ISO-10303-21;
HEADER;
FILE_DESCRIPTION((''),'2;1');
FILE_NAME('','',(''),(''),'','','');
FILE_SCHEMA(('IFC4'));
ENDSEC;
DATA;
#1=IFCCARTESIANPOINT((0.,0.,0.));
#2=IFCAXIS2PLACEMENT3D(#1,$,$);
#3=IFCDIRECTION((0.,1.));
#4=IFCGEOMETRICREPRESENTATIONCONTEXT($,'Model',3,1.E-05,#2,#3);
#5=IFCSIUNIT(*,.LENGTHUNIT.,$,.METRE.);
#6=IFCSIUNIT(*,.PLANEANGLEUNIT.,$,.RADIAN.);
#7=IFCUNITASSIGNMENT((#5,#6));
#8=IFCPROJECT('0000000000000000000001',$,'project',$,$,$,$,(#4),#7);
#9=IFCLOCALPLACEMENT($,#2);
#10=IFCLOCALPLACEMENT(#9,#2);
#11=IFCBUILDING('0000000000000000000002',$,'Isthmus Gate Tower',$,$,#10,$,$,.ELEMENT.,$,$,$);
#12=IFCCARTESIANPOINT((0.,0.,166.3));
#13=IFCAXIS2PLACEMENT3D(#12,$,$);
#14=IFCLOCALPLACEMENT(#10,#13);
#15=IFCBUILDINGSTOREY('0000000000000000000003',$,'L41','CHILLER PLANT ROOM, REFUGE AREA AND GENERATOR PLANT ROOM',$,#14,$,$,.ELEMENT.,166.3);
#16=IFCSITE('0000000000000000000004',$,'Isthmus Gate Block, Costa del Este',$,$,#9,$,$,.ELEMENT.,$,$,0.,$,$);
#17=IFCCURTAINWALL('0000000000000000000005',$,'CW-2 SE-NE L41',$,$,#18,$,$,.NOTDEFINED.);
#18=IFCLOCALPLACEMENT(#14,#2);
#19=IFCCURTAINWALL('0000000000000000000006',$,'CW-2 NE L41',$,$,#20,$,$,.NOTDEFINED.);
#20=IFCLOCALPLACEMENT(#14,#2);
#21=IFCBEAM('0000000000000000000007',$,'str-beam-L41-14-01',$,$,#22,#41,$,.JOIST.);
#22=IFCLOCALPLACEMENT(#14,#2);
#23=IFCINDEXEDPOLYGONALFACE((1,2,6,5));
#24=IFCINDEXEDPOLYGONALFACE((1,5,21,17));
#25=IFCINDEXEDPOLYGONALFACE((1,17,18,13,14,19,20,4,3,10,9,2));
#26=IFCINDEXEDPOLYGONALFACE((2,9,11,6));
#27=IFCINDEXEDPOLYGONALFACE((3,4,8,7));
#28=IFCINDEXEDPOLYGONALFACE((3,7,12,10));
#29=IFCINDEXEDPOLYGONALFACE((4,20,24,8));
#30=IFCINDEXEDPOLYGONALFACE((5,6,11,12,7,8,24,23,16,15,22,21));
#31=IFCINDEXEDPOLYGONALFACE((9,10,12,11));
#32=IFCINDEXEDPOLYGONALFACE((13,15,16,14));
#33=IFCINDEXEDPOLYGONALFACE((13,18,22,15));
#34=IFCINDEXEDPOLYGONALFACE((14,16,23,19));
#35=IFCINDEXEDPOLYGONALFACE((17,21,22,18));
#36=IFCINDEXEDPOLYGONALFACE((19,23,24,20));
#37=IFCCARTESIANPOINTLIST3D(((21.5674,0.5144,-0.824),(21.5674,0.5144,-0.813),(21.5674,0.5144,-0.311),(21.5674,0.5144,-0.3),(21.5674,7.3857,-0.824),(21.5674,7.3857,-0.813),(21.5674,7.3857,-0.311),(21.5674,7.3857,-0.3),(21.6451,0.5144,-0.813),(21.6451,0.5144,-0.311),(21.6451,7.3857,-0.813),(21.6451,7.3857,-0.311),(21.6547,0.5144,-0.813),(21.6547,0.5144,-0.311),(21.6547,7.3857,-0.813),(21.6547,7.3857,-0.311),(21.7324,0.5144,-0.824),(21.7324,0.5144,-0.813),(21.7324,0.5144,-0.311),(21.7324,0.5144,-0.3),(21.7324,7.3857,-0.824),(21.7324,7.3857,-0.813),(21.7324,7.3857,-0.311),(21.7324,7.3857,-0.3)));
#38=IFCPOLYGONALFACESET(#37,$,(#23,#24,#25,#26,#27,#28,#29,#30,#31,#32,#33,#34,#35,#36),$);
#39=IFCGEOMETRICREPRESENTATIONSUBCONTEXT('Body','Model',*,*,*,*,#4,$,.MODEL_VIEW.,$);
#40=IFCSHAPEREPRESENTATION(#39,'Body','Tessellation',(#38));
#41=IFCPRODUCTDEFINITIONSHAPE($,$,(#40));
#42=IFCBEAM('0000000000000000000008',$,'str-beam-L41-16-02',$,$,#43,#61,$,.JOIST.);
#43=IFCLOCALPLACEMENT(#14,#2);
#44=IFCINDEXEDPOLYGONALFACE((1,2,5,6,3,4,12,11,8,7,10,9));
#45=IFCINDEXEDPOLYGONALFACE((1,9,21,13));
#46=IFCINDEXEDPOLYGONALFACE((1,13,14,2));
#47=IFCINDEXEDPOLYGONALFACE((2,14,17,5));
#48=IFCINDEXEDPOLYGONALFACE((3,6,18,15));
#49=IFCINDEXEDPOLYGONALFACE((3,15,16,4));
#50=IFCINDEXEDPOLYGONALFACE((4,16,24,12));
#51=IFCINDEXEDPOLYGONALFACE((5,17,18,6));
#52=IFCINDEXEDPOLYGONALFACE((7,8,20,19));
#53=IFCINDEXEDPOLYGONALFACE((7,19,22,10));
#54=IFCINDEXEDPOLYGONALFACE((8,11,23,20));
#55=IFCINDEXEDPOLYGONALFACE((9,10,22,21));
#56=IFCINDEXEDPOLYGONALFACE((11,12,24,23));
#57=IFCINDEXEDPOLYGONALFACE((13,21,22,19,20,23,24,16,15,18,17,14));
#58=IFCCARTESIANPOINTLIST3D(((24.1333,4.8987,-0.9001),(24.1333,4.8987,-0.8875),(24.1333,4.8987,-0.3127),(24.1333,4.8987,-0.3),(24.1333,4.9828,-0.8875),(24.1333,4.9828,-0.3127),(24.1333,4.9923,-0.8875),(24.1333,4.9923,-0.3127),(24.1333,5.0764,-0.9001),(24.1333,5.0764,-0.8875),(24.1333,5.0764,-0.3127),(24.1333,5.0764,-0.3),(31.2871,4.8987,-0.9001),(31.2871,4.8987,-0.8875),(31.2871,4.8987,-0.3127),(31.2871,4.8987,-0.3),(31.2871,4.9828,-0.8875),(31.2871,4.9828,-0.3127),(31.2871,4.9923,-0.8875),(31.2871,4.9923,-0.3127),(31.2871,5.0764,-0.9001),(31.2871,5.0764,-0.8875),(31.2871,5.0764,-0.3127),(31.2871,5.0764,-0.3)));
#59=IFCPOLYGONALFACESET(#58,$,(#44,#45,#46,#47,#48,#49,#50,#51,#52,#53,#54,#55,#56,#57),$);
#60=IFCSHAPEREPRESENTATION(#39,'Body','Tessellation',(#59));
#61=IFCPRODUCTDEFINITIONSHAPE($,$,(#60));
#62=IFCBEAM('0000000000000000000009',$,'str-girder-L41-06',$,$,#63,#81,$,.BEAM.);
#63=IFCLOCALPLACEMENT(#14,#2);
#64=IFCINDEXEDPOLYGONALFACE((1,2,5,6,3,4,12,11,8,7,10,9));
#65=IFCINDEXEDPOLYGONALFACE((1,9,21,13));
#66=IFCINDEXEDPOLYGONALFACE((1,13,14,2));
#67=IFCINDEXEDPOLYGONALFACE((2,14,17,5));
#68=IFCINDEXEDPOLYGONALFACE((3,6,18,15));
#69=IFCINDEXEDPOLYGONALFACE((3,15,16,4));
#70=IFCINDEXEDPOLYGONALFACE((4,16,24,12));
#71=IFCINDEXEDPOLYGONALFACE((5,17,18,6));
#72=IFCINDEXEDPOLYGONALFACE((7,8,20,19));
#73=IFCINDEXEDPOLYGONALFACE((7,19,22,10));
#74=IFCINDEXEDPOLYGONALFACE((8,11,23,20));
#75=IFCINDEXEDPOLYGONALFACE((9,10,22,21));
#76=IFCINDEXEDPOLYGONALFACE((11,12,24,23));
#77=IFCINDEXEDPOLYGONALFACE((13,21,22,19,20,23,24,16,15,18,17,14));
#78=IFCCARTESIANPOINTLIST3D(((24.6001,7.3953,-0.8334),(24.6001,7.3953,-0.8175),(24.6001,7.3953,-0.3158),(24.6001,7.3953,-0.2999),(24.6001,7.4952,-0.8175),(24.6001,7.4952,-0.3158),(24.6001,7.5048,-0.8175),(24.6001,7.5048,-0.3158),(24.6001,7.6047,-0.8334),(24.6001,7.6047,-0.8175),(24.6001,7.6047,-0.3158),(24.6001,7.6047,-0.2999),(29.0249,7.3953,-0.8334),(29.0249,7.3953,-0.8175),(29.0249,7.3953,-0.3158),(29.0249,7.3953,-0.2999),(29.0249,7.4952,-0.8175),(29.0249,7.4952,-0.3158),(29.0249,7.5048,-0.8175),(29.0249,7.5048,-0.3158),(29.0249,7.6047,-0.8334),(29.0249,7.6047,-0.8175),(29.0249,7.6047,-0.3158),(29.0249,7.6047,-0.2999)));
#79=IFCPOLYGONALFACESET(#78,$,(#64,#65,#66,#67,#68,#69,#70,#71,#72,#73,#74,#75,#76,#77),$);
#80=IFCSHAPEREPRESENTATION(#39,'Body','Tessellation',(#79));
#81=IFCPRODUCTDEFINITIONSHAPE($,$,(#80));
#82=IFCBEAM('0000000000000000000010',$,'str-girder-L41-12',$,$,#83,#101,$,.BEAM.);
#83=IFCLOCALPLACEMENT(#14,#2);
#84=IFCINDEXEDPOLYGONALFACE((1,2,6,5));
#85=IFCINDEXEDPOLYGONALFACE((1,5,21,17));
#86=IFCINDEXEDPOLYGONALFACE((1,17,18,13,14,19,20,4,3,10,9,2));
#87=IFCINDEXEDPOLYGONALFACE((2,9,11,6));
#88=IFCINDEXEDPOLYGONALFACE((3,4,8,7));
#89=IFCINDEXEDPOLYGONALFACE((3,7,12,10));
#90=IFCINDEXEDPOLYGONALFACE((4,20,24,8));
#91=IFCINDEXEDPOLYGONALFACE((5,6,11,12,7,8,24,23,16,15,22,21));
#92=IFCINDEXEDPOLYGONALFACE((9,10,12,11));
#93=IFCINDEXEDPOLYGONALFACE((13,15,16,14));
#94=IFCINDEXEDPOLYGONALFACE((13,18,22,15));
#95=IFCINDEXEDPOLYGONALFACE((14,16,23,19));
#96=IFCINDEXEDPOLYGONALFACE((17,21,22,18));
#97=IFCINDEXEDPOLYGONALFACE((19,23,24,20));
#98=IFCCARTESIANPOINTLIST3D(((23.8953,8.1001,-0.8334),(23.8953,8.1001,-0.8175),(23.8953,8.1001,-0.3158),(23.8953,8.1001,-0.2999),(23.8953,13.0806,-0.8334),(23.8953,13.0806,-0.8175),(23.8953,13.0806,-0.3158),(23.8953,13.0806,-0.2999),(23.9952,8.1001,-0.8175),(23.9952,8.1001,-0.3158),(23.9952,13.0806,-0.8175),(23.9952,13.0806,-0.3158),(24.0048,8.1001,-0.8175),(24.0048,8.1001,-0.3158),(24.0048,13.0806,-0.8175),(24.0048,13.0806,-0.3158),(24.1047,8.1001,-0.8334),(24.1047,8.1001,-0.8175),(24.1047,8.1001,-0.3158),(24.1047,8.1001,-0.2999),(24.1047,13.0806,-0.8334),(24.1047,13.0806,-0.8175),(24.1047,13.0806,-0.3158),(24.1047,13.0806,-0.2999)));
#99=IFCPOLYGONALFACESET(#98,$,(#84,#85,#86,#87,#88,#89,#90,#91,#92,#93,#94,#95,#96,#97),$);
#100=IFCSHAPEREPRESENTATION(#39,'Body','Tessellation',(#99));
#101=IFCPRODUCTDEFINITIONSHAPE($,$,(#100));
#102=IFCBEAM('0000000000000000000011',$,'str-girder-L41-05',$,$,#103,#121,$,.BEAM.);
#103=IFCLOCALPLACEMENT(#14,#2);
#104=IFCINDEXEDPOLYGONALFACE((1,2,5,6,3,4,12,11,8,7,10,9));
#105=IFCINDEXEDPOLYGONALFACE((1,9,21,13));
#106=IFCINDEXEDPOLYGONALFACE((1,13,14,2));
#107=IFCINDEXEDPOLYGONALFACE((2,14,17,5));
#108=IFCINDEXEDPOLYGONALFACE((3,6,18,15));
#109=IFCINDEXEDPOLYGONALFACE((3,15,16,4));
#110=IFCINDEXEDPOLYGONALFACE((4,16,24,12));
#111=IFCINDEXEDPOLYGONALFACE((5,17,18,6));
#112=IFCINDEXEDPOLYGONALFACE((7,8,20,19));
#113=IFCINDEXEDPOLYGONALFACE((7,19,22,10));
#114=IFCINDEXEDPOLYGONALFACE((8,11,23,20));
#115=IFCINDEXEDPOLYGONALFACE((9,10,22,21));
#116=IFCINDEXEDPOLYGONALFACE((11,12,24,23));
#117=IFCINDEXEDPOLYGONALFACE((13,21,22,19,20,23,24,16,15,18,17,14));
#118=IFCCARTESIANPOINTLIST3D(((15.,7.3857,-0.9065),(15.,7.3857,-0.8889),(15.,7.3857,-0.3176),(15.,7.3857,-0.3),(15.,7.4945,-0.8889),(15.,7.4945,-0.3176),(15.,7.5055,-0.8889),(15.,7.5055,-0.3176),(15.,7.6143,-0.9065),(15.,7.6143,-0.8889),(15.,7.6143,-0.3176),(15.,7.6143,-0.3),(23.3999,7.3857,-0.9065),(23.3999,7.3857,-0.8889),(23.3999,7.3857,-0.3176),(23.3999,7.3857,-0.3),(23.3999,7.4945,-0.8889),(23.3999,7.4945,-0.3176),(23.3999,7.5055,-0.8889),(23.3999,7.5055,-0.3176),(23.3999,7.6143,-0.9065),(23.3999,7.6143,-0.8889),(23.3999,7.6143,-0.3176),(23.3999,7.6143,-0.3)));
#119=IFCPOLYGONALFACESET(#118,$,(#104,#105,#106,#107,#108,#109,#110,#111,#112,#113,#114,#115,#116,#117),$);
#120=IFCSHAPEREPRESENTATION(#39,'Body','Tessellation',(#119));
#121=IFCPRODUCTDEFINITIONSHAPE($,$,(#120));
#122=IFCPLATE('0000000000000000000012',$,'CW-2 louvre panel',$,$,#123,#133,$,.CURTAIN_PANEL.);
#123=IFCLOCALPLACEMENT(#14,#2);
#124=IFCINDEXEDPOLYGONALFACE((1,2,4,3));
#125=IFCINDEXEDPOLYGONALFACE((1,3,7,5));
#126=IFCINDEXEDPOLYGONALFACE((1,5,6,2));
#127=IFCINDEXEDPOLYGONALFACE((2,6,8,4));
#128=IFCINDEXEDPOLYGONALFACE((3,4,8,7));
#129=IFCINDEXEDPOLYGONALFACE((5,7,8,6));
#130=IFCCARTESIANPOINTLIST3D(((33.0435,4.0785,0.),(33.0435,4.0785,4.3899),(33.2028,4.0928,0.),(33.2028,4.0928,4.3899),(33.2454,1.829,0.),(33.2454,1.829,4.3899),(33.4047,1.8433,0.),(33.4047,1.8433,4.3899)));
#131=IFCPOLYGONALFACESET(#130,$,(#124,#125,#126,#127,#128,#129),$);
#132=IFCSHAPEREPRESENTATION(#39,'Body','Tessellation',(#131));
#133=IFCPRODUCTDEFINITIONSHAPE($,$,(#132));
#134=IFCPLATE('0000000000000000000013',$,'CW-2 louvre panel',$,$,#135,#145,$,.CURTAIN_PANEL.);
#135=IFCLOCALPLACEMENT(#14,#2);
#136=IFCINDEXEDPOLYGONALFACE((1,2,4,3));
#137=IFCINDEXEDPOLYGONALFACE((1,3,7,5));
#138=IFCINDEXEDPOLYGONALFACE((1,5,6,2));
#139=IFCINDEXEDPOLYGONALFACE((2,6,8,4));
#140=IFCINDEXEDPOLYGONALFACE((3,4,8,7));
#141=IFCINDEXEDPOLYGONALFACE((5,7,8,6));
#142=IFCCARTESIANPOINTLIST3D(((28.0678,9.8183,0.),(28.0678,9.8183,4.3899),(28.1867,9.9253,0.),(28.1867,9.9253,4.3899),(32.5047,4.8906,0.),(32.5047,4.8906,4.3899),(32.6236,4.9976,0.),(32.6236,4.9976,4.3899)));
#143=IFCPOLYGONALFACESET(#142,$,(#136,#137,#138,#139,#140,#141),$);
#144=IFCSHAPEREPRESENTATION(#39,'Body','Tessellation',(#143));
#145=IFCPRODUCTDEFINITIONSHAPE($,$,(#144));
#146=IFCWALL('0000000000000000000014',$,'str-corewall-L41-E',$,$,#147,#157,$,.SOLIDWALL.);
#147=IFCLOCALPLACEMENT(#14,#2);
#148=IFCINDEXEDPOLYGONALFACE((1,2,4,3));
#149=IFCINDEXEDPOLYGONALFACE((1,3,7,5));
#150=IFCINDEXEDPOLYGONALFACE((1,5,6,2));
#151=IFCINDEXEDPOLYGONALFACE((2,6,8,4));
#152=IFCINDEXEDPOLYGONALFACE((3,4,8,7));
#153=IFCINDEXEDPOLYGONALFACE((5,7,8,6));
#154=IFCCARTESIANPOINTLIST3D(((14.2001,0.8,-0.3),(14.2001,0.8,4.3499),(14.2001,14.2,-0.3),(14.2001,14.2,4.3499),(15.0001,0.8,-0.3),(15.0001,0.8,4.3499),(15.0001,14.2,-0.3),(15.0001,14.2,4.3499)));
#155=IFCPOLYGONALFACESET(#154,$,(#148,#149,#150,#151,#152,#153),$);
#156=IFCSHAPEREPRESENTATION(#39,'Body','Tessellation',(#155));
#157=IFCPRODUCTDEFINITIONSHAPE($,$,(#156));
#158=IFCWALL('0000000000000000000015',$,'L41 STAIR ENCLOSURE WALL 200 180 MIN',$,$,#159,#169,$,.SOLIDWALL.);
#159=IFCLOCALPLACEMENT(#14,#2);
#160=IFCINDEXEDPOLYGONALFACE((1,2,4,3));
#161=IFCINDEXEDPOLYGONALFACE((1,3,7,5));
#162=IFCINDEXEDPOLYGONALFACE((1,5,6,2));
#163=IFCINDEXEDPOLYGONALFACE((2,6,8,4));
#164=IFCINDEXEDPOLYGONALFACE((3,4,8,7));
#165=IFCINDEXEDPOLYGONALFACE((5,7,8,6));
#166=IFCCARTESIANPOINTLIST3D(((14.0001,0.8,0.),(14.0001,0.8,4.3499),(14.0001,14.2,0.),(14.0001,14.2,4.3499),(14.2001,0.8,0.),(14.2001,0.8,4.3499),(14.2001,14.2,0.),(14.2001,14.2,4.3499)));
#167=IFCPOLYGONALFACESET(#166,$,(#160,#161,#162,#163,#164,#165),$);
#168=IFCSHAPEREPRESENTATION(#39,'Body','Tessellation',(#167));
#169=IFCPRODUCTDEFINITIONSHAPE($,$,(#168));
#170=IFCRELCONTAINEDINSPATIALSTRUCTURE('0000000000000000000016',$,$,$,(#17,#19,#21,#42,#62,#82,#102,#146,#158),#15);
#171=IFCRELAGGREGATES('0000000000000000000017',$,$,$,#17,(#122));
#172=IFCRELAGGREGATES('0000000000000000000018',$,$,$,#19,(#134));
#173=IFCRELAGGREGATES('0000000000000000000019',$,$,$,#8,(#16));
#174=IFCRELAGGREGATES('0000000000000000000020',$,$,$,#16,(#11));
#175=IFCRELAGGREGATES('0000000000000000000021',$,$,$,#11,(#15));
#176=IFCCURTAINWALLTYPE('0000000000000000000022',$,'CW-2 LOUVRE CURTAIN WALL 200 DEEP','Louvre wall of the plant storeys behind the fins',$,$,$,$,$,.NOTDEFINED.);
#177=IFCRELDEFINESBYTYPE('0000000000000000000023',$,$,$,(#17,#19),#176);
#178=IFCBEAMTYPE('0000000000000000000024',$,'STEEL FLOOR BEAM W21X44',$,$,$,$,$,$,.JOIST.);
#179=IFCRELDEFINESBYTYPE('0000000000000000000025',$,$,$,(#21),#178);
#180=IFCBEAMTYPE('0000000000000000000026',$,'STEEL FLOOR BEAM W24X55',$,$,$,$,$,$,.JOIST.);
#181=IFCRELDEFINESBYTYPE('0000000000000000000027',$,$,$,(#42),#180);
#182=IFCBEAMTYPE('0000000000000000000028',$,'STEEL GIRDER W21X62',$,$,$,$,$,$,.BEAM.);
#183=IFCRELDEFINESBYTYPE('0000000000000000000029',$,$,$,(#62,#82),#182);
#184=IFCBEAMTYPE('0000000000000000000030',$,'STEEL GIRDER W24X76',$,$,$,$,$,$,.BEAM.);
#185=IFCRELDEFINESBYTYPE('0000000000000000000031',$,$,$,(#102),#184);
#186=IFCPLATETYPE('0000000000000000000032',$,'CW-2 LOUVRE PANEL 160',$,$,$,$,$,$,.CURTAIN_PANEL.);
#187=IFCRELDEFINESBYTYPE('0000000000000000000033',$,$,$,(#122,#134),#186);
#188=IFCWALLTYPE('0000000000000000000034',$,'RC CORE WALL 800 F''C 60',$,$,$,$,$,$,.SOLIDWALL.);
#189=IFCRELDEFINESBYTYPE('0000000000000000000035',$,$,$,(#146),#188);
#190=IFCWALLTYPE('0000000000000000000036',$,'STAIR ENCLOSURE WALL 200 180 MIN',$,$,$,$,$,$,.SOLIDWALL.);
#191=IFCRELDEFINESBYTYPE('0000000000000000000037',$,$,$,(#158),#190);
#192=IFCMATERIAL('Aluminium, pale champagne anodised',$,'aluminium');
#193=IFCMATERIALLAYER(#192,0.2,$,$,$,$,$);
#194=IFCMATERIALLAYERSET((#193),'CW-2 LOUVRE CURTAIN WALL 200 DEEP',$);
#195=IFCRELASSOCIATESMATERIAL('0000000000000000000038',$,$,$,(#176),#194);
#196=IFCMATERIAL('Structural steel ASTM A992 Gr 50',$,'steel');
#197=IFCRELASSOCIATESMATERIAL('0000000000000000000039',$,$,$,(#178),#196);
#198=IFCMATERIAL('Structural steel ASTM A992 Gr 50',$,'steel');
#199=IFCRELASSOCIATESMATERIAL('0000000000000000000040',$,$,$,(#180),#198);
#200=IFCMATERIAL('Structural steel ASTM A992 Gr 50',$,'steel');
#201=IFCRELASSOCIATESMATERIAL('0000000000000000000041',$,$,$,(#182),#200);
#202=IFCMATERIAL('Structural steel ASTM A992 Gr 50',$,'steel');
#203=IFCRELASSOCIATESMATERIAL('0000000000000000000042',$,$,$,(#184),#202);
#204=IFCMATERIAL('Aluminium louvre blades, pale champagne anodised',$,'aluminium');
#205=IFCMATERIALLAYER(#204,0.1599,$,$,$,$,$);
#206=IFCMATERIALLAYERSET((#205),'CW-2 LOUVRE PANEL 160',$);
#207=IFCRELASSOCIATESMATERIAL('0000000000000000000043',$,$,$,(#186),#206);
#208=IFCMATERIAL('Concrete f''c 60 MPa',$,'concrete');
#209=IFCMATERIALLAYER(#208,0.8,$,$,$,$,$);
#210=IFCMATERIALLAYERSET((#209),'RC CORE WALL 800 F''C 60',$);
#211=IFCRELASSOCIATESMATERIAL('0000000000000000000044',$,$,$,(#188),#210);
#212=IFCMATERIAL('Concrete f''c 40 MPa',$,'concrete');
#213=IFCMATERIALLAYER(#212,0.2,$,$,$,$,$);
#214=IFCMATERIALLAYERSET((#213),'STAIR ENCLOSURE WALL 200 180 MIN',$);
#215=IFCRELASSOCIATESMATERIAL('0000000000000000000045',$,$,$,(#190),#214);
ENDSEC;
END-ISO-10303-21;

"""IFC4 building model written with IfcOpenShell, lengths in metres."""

from ifc_helpers import new_model, si_unit, direction, frame, frame_2d, origin, origin_2d, place, context, subcontext, project, spatial, rectangle, i_section, extrude, material, layer, layer_set, material_profile, profile_set, type_object, element, aggregate, save


model = new_model("IFC4")

# Units and contexts
model_context = context("Model", 3, precision=1e-05, world=origin(), true_north=direction((0.0, 1.0)))
body_context = subcontext(model_context, "Body", "Model", "MODEL_VIEW")
ifc_project = project(units=[si_unit("LENGTHUNIT", "METRE"), si_unit("PLANEANGLEUNIT", "RADIAN")], contexts=[model_context])

# Site, building, storey
site_placement = place(None, origin())
site = spatial("IfcSite", under=ifc_project, at=site_placement, Name="Isthmus Gate Block, Costa del Este", CompositionType="ELEMENT", RefElevation=0.0)
building_placement = place(site_placement, origin())
building = spatial("IfcBuilding", under=site, at=building_placement, Name="Isthmus Gate Tower", CompositionType="ELEMENT")
storey_placement = place(building_placement, frame((0.0, 0.0, 166.3)))
storey = spatial("IfcBuildingStorey", under=building, at=storey_placement, Name="L41", Description="CHILLER PLANT ROOM, REFUGE AREA AND GENERATOR PLANT ROOM", CompositionType="ELEMENT", Elevation=166.3)

# Curtain walls
ifc_material_1 = material(Name="Aluminium, pale champagne anodised", Category="aluminium")
ifc_layer_1 = layer(ifc_material_1, 0.2)
ifc_layer_set_1 = layer_set([ifc_layer_1], Name="CW-2 LOUVRE CURTAIN WALL 200 DEEP")
curtain_wall_type = type_object("IfcCurtainWallType", Name="CW-2 LOUVRE CURTAIN WALL 200 DEEP", Description="Louvre wall of the plant storeys behind the fins", PredefinedType="NOTDEFINED", material=ifc_layer_set_1)
curtain_wall_1_placement = place(storey_placement, origin())
curtain_wall_1 = element("IfcCurtainWall", 1, at=curtain_wall_1_placement, inside=storey, type_object=curtain_wall_type, Name="CW-2 SE-NE L41", PredefinedType="NOTDEFINED")
curtain_wall_2_placement = place(storey_placement, origin())
curtain_wall_2 = element("IfcCurtainWall", 2, at=curtain_wall_2_placement, inside=storey, type_object=curtain_wall_type, Name="CW-2 NE L41", PredefinedType="NOTDEFINED")

# Beams
ifc_material_2 = material(Name="Structural steel ASTM A992 Gr 50", Category="steel")
ifc_material_profile_1 = material_profile(ifc_material_2, i_section(OverallWidth=0.165, OverallDepth=0.5239, WebThickness=0.0095, FlangeThickness=0.011, at=origin_2d()), Name="W21X44")
ifc_profile_set_1 = profile_set([ifc_material_profile_1], Name="Structural steel ASTM A992 Gr 50")
beam_type_1 = type_object("IfcBeamType", Name="STEEL FLOOR BEAM W21X44", PredefinedType="JOIST", material=ifc_profile_set_1)
for number, where, z_axis, x_axis, name in (
    (3, (21.6499, 0.5144, -0.562), (0.0, 1.0, 0.0), (-1.0, 0.0, 0.0), "str-beam-L41-14-01"),
):
    element("IfcBeam", number, at=place(storey_placement, frame(where, z_axis=z_axis, x_axis=x_axis)), inside=storey, type_object=beam_type_1, Name=name, PredefinedType="JOIST", context=body_context, shape_type="SweptSolid", body=[
        extrude(i_section(OverallWidth=0.165, OverallDepth=0.5239, WebThickness=0.0095, FlangeThickness=0.011, at=origin_2d()), origin(), (0.0, 0.0, 1.0), 6.8713),
    ])
ifc_material_3 = material(Name="Structural steel ASTM A992 Gr 50", Category="steel")
ifc_material_profile_2 = material_profile(ifc_material_3, i_section(OverallWidth=0.1777, OverallDepth=0.6001, WebThickness=0.0095, FlangeThickness=0.0127, at=origin_2d()), Name="W24X55")
ifc_profile_set_2 = profile_set([ifc_material_profile_2], Name="Structural steel ASTM A992 Gr 50")
beam_type_2 = type_object("IfcBeamType", Name="STEEL FLOOR BEAM W24X55", PredefinedType="JOIST", material=ifc_profile_set_2)
beam_1_placement = place(storey_placement, frame((24.1333, 4.9875, -0.6001), z_axis=(1.0, 0.0, 0.0), x_axis=(0.0, 1.0, 0.0)))
element("IfcBeam", 4, at=beam_1_placement, inside=storey, type_object=beam_type_2, Name="str-beam-L41-16-02", PredefinedType="JOIST", context=body_context, shape_type="SweptSolid", body=[
    extrude(i_section(OverallWidth=0.1777, OverallDepth=0.6001, WebThickness=0.0095, FlangeThickness=0.0127, at=origin_2d()), origin(), (0.0, 0.0, 1.0), 7.1538),
])
ifc_material_4 = material(Name="Structural steel ASTM A992 Gr 50", Category="steel")
ifc_material_profile_3 = material_profile(ifc_material_4, i_section(OverallWidth=0.2095, OverallDepth=0.5334, WebThickness=0.0095, FlangeThickness=0.0159, at=origin_2d()), Name="W21X62")
ifc_profile_set_3 = profile_set([ifc_material_profile_3], Name="Structural steel ASTM A992 Gr 50")
beam_type_3 = type_object("IfcBeamType", Name="STEEL GIRDER W21X62", PredefinedType="BEAM", material=ifc_profile_set_3)
beam_2_placement = place(storey_placement, frame((24.6001, 7.5, -0.5667), z_axis=(1.0, 0.0, 0.0), x_axis=(0.0, 1.0, 0.0)))
element("IfcBeam", 5, at=beam_2_placement, inside=storey, type_object=beam_type_3, Name="str-girder-L41-06", PredefinedType="BEAM", context=body_context, shape_type="SweptSolid", body=[
    extrude(i_section(OverallWidth=0.2095, OverallDepth=0.5334, WebThickness=0.0095, FlangeThickness=0.0159, at=origin_2d()), origin(), (0.0, 0.0, 1.0), 4.4248),
])
beam_3_placement = place(storey_placement, frame((24.0, 8.1001, -0.5667), z_axis=(0.0, 1.0, 0.0), x_axis=(-1.0, 0.0, 0.0)))
element("IfcBeam", 6, at=beam_3_placement, inside=storey, type_object=beam_type_3, Name="str-girder-L41-12", PredefinedType="BEAM", context=body_context, shape_type="SweptSolid", body=[
    extrude(i_section(OverallWidth=0.2095, OverallDepth=0.5334, WebThickness=0.0095, FlangeThickness=0.0159, at=origin_2d()), origin(), (0.0, 0.0, 1.0), 4.9805),
])
ifc_material_5 = material(Name="Structural steel ASTM A992 Gr 50", Category="steel")
ifc_material_profile_4 = material_profile(ifc_material_5, i_section(OverallWidth=0.2285, OverallDepth=0.6064, WebThickness=0.011, FlangeThickness=0.0176, at=origin_2d()), Name="W24X76")
ifc_profile_set_4 = profile_set([ifc_material_profile_4], Name="Structural steel ASTM A992 Gr 50")
beam_type_4 = type_object("IfcBeamType", Name="STEEL GIRDER W24X76", PredefinedType="BEAM", material=ifc_profile_set_4)
beam_4_placement = place(storey_placement, frame((15.0, 7.5, -0.6033), z_axis=(1.0, 0.0, 0.0), x_axis=(0.0, 1.0, 0.0)))
element("IfcBeam", 7, at=beam_4_placement, inside=storey, type_object=beam_type_4, Name="str-girder-L41-05", PredefinedType="BEAM", context=body_context, shape_type="SweptSolid", body=[
    extrude(i_section(OverallWidth=0.2285, OverallDepth=0.6064, WebThickness=0.011, FlangeThickness=0.0176, at=origin_2d()), origin(), (0.0, 0.0, 1.0), 8.3999),
])

# Plates
ifc_material_6 = material(Name="Aluminium louvre blades, pale champagne anodised", Category="aluminium")
ifc_layer_2 = layer(ifc_material_6, 0.1599)
ifc_layer_set_2 = layer_set([ifc_layer_2], Name="CW-2 LOUVRE PANEL 160")
plate_type = type_object("IfcPlateType", Name="CW-2 LOUVRE PANEL 160", PredefinedType="CURTAIN_PANEL", material=ifc_layer_set_2)
plate_1_placement = place(storey_placement, frame((33.2241, 2.9609, 0.0), z_axis=(0.0, 0.0, 1.0), x_axis=(-0.089397, 0.995996, 0.0)))
plate_1 = element("IfcPlate", 8, at=plate_1_placement, type_object=plate_type, Name="CW-2 louvre panel", PredefinedType="CURTAIN_PANEL", context=body_context, shape_type="SweptSolid", body=[
    extrude(rectangle(XDim=2.2585, YDim=0.1599, at=origin_2d()), origin(), (0.0, 0.0, 1.0), 4.3899),
])
aggregate(curtain_wall_1, [plate_1])
plate_2_placement = place(storey_placement, frame((30.3457, 7.408, 0.0), z_axis=(0.0, 0.0, 1.0), x_axis=(-0.669131, 0.743145, 0.0)))
plate_2 = element("IfcPlate", 9, at=plate_2_placement, type_object=plate_type, Name="CW-2 louvre panel", PredefinedType="CURTAIN_PANEL", context=body_context, shape_type="SweptSolid", body=[
    extrude(rectangle(XDim=6.6309, YDim=0.1599, at=origin_2d()), origin(), (0.0, 0.0, 1.0), 4.3899),
])
aggregate(curtain_wall_2, [plate_2])

# Walls
ifc_material_7 = material(Name="Concrete f'c 60 MPa", Category="concrete")
ifc_layer_3 = layer(ifc_material_7, 0.8)
ifc_layer_set_3 = layer_set([ifc_layer_3], Name="RC CORE WALL 800 F'C 60")
wall_type_1 = type_object("IfcWallType", Name="RC CORE WALL 800 F'C 60", PredefinedType="SOLIDWALL", material=ifc_layer_set_3)
wall_1_placement = place(storey_placement, frame((14.6001, 0.8, -0.3), z_axis=(0.0, 0.0, 1.0), x_axis=(0.0, 1.0, 0.0)))
element("IfcWall", 10, at=wall_1_placement, inside=storey, type_object=wall_type_1, Name="str-corewall-L41-E", PredefinedType="SOLIDWALL", context=body_context, shape_type="SweptSolid", body=[
    extrude(rectangle(XDim=13.3999, YDim=0.8, at=frame_2d((6.7, 0.0))), origin(), (0.0, 0.0, 1.0), 4.6499),
])
ifc_material_8 = material(Name="Concrete f'c 40 MPa", Category="concrete")
ifc_layer_4 = layer(ifc_material_8, 0.2)
ifc_layer_set_4 = layer_set([ifc_layer_4], Name="STAIR ENCLOSURE WALL 200 180 MIN")
wall_type_2 = type_object("IfcWallType", Name="STAIR ENCLOSURE WALL 200 180 MIN", PredefinedType="SOLIDWALL", material=ifc_layer_set_4)
wall_2_placement = place(storey_placement, frame((14.1001, 0.8, 0.0), z_axis=(0.0, 0.0, 1.0), x_axis=(0.0, 1.0, 0.0)))
element("IfcWall", 11, at=wall_2_placement, inside=storey, type_object=wall_type_2, Name="L41 STAIR ENCLOSURE WALL 200 180 MIN", PredefinedType="SOLIDWALL", context=body_context, shape_type="SweptSolid", body=[
    extrude(rectangle(XDim=13.3999, YDim=0.2, at=frame_2d((6.7, 0.0))), origin(), (0.0, 0.0, 1.0), 4.3499),
])

save(model, "model.ifc")
